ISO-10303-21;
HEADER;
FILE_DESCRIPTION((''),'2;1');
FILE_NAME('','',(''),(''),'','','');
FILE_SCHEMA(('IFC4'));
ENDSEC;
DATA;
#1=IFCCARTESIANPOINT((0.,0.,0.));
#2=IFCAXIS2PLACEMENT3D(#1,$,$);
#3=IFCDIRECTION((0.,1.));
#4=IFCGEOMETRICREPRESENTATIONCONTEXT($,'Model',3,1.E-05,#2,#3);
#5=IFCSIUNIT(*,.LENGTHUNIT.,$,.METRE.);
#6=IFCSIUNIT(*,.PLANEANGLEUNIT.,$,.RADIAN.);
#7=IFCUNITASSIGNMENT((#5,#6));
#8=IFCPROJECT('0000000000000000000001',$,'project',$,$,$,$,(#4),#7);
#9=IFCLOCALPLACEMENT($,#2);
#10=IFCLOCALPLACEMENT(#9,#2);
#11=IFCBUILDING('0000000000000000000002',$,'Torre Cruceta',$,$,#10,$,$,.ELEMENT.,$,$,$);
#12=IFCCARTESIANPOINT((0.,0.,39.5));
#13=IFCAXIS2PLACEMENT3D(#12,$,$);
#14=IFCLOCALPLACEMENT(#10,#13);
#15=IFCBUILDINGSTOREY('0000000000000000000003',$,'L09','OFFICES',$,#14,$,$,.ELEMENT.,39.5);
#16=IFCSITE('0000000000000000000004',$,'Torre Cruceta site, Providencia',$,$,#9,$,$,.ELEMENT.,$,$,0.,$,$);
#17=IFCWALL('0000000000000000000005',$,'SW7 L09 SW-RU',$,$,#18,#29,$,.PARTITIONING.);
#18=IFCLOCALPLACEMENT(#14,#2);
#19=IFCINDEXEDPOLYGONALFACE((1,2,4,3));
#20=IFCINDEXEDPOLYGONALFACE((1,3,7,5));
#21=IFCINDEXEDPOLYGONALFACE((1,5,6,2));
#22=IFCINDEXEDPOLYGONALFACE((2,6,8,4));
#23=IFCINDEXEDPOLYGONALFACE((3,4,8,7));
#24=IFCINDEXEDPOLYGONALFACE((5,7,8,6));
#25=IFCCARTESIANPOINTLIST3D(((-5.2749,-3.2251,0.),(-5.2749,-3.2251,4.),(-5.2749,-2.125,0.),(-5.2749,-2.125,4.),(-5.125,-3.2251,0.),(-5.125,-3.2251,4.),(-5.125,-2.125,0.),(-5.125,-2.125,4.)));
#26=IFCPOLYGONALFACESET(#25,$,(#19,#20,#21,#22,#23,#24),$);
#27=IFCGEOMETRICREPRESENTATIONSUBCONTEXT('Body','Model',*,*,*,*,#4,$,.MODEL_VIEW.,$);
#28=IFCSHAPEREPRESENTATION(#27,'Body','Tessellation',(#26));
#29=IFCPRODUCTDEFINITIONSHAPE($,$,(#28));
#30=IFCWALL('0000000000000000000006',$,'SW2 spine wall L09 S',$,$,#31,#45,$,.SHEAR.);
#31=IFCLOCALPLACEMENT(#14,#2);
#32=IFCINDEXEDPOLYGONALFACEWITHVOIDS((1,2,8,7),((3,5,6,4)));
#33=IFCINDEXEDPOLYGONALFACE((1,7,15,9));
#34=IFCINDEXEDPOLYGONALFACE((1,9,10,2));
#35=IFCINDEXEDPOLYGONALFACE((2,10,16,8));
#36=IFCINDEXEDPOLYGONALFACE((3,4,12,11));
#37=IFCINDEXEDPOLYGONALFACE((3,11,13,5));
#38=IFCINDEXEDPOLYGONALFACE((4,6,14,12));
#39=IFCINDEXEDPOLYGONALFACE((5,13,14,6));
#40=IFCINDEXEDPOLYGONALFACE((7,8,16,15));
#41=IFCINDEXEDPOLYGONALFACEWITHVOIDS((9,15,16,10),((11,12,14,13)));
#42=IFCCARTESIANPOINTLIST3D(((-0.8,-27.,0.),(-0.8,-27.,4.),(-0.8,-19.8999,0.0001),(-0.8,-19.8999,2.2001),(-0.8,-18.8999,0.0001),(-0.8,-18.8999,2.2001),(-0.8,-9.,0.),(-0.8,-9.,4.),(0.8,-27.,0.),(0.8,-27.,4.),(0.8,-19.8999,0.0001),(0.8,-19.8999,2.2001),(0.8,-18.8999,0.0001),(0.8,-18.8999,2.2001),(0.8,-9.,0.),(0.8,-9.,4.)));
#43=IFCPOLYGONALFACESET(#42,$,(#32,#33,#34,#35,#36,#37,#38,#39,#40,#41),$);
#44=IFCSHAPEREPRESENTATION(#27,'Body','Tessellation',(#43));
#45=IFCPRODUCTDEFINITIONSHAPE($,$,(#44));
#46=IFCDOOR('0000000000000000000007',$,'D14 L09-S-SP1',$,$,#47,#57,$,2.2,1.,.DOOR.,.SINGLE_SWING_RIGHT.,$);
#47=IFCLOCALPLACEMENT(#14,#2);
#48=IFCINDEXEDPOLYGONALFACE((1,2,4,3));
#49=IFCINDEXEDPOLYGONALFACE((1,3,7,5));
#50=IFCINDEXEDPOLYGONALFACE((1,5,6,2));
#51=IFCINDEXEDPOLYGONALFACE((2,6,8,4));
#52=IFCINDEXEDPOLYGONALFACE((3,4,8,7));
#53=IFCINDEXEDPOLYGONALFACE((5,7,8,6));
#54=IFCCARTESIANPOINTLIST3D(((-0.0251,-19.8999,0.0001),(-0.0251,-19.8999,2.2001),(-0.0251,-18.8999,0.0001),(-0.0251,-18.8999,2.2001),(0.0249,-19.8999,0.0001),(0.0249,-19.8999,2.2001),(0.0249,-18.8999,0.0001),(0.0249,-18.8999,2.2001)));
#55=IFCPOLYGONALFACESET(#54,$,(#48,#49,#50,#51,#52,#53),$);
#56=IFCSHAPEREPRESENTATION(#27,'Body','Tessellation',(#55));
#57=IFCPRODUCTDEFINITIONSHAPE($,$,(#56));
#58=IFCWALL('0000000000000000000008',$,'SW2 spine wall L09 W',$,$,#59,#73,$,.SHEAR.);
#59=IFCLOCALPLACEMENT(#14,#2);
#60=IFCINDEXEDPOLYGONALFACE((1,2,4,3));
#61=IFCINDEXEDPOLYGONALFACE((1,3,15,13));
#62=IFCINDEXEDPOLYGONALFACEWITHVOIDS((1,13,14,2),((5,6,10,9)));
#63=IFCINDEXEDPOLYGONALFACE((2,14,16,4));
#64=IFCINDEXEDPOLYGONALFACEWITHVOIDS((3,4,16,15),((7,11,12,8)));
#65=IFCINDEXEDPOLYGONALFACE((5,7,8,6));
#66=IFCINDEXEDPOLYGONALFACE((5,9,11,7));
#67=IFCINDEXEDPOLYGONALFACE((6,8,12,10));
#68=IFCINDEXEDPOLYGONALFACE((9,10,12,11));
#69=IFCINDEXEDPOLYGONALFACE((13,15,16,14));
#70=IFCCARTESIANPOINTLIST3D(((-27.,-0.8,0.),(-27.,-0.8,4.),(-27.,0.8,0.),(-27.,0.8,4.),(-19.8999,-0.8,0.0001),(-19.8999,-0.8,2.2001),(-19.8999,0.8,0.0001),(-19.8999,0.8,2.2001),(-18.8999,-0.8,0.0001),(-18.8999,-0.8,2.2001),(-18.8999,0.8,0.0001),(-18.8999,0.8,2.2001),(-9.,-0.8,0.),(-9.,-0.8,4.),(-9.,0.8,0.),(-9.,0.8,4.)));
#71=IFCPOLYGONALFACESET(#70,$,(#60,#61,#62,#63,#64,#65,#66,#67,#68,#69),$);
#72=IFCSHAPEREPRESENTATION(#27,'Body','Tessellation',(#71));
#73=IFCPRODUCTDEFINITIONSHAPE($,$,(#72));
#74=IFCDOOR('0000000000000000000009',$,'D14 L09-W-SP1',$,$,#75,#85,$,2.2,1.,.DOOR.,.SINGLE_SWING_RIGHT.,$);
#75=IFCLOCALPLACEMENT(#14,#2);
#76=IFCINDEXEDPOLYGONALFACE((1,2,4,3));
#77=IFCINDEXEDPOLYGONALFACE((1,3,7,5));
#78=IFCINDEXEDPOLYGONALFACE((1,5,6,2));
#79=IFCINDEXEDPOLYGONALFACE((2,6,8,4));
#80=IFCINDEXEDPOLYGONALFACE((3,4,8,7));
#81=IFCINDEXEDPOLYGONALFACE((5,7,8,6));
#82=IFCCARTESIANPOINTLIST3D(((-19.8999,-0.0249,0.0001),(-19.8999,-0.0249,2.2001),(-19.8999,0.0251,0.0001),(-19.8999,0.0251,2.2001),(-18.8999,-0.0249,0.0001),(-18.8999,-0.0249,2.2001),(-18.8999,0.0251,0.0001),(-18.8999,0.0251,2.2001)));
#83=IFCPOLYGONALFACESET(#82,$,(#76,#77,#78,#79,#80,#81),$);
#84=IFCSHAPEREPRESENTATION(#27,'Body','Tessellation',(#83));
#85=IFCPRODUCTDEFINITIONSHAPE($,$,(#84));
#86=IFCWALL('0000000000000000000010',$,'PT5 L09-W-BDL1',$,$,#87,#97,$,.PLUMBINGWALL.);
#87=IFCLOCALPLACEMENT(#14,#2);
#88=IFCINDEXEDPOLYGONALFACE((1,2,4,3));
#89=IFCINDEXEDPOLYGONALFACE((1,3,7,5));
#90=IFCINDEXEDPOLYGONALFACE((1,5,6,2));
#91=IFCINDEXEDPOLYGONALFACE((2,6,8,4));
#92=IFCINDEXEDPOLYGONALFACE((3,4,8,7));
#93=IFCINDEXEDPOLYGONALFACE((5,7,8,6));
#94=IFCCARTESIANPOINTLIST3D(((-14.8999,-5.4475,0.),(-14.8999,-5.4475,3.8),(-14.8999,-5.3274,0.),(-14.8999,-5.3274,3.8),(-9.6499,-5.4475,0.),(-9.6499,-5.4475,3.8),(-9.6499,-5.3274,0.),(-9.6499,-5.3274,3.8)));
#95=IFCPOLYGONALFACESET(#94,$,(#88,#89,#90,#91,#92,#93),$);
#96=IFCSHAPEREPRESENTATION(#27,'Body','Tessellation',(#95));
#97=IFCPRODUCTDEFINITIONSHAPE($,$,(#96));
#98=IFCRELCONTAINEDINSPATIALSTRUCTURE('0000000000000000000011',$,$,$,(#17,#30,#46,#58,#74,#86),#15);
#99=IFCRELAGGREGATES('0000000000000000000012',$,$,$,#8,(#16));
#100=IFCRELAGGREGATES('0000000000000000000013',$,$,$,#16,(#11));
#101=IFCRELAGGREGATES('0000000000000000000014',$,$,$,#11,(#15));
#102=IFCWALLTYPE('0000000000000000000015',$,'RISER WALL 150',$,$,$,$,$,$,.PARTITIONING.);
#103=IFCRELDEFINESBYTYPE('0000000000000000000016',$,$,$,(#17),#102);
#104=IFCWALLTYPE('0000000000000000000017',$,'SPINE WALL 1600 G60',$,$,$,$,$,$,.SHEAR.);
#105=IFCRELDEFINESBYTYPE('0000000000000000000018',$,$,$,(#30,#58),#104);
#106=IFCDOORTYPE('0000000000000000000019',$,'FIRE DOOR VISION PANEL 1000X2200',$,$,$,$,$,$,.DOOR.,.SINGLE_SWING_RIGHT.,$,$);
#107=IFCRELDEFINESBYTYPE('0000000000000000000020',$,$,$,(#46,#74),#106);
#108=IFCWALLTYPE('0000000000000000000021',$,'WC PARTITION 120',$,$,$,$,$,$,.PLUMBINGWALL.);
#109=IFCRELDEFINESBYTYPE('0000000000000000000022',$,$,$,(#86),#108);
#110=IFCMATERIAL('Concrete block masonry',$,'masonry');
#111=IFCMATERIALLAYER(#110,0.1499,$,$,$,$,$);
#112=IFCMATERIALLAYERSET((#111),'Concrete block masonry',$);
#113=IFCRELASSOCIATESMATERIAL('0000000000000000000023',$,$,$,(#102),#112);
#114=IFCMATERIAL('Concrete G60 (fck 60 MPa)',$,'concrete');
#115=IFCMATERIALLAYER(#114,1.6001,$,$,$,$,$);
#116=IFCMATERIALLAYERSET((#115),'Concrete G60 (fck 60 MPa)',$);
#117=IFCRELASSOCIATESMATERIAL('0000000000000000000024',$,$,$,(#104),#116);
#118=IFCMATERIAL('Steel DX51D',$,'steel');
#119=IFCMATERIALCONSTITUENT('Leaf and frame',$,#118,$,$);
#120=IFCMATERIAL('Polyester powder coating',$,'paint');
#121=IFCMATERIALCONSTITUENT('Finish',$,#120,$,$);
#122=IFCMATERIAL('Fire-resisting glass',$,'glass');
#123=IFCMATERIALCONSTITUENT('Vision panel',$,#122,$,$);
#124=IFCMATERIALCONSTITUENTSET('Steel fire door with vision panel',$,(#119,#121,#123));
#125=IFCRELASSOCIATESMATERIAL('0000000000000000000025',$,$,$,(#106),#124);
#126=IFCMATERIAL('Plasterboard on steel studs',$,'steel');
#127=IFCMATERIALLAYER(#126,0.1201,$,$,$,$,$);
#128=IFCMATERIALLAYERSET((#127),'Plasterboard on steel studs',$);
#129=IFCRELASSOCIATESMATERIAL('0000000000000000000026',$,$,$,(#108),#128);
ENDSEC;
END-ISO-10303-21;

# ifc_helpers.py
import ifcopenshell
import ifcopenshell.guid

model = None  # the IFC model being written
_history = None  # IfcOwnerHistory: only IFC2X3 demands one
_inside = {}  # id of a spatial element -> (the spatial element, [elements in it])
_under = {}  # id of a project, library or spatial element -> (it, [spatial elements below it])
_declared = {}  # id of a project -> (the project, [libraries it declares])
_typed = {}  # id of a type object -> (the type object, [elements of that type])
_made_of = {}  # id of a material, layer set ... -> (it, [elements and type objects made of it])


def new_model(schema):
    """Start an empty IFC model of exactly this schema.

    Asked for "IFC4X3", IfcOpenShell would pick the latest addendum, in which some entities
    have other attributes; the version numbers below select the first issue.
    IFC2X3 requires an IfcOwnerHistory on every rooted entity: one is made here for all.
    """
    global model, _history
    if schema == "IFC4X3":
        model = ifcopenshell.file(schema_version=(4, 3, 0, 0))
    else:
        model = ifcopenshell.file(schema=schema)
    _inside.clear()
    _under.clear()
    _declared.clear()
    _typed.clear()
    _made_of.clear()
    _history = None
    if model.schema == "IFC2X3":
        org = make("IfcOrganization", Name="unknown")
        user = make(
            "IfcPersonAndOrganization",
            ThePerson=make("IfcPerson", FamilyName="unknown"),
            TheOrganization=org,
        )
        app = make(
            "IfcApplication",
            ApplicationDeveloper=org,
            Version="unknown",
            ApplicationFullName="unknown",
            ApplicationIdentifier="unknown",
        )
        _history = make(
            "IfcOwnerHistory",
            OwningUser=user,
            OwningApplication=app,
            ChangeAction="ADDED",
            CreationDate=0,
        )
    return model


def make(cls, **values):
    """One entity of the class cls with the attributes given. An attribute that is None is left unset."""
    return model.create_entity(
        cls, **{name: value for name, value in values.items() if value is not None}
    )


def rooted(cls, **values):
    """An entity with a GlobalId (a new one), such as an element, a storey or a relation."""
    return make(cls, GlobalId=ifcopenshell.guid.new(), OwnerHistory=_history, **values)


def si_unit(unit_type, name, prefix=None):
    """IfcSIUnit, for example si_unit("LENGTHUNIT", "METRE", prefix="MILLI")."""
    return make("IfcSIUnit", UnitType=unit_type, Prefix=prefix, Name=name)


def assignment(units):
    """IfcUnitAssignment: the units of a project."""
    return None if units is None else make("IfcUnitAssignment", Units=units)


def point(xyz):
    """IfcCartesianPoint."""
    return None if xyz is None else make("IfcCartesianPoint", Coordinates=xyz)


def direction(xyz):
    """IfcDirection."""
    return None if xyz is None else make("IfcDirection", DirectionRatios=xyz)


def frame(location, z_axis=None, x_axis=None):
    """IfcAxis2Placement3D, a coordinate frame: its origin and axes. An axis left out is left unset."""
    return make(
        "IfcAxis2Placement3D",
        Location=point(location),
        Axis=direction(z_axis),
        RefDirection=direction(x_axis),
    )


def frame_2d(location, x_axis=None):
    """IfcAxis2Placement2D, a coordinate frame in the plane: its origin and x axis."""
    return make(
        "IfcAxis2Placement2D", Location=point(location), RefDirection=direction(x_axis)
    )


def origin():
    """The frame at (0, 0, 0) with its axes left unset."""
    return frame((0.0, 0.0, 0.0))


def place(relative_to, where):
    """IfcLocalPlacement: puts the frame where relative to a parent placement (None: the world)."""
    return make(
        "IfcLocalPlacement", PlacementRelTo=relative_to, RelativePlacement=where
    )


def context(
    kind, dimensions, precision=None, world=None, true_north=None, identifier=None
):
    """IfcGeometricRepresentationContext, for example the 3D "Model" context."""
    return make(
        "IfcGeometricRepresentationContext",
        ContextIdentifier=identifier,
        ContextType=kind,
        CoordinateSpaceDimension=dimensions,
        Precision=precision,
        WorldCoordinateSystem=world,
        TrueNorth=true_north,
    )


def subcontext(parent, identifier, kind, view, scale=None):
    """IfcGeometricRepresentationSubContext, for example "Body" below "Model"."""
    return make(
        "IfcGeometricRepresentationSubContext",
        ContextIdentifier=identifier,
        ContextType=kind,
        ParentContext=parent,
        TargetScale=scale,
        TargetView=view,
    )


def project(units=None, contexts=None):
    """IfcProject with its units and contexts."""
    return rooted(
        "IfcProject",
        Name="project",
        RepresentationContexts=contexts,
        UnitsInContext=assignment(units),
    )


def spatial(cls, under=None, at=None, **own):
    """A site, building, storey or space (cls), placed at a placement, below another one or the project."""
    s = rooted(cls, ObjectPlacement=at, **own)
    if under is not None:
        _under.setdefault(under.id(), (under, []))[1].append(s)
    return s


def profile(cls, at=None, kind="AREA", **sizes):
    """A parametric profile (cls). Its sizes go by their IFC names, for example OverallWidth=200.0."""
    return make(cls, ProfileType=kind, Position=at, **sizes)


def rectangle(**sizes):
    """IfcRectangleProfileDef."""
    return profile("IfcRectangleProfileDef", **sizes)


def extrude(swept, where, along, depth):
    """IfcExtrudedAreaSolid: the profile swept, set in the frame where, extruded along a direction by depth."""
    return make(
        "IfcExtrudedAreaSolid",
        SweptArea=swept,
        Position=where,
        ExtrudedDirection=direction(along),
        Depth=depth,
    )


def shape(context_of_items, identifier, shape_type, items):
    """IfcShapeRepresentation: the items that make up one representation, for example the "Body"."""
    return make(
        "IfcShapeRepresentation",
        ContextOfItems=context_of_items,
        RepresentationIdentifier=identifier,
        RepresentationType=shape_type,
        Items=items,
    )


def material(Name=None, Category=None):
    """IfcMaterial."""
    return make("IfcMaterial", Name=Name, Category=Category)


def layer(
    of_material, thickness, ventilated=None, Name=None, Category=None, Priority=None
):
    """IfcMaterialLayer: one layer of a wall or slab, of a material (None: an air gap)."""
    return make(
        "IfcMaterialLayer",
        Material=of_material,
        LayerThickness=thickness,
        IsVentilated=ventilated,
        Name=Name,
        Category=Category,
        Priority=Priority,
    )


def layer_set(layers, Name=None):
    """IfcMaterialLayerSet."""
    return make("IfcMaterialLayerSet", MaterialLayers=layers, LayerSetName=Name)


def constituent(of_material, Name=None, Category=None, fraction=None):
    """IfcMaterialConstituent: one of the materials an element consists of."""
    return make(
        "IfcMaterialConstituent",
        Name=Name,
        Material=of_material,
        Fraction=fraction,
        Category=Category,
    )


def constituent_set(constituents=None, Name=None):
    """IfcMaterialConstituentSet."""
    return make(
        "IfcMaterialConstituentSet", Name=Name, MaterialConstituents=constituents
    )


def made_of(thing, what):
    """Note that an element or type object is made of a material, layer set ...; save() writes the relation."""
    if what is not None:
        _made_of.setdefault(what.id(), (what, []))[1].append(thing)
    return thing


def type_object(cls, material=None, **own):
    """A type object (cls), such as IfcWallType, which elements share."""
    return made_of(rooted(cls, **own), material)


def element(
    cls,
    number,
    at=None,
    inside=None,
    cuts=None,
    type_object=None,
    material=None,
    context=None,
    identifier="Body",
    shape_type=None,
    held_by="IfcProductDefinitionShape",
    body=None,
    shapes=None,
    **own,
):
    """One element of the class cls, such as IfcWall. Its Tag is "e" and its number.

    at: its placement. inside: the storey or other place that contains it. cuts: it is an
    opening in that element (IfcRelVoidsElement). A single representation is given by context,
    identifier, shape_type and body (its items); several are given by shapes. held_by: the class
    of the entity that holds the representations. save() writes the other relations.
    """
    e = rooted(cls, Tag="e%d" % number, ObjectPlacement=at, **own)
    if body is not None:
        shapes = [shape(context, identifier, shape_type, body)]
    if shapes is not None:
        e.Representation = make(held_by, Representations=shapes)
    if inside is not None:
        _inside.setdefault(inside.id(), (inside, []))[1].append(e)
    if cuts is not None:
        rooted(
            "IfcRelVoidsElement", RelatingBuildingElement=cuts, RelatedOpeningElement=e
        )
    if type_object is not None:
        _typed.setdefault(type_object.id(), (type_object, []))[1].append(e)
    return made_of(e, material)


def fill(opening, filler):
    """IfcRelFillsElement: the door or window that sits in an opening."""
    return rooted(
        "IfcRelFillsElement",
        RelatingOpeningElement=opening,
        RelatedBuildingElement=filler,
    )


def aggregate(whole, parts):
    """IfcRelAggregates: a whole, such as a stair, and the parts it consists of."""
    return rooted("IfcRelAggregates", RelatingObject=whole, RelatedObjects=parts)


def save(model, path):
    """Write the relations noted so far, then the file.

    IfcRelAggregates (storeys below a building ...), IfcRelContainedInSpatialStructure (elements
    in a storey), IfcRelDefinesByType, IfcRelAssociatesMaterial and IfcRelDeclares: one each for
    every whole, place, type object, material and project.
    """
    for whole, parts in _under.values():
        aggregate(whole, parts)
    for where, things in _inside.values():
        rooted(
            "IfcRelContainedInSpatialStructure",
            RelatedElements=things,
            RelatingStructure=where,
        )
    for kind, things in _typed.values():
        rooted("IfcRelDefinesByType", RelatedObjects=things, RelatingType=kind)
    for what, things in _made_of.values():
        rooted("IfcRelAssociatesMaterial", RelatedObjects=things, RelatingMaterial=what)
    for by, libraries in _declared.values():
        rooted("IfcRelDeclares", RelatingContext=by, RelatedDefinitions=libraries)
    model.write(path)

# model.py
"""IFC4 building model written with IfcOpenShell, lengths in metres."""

from ifc_helpers import new_model, si_unit, direction, frame, frame_2d, origin, place, context, subcontext, project, spatial, rectangle, extrude, material, layer, layer_set, constituent, constituent_set, type_object, element, fill, save


model = new_model("IFC4")

# Units and contexts
model_context = context("Model", 3, precision=1e-05, world=origin(), true_north=direction((0.0, 1.0)))
body_context = subcontext(model_context, "Body", "Model", "MODEL_VIEW")
ifc_project = project(units=[si_unit("LENGTHUNIT", "METRE"), si_unit("PLANEANGLEUNIT", "RADIAN")], contexts=[model_context])

# Site, building, storey
site_placement = place(None, origin())
site = spatial("IfcSite", under=ifc_project, at=site_placement, Name="Torre Cruceta site, Providencia", CompositionType="ELEMENT", RefElevation=0.0)
building_placement = place(site_placement, origin())
building = spatial("IfcBuilding", under=site, at=building_placement, Name="Torre Cruceta", CompositionType="ELEMENT")
storey_placement = place(building_placement, frame((0.0, 0.0, 39.5)))
storey = spatial("IfcBuildingStorey", under=building, at=storey_placement, Name="L09", Description="OFFICES", CompositionType="ELEMENT", Elevation=39.5)

# Shared definitions
ifc_material_1 = material(Name="Concrete block masonry", Category="masonry")
ifc_layer_1 = layer(ifc_material_1, 0.1499)
ifc_layer_set_1 = layer_set([ifc_layer_1], Name="Concrete block masonry")
wall_type_1 = type_object("IfcWallType", Name="RISER WALL 150", PredefinedType="PARTITIONING", material=ifc_layer_set_1)

# Wall
wall_1_placement = place(storey_placement, frame((-5.2, -2.125, 0.0), z_axis=(0.0, 0.0, 1.0), x_axis=(0.0, -1.0, 0.0)))
element("IfcWall", 1, at=wall_1_placement, inside=storey, type_object=wall_type_1, Name="SW7 L09 SW-RU", PredefinedType="PARTITIONING", context=body_context, shape_type="SweptSolid", body=[
    extrude(rectangle(XDim=1.1001, YDim=0.1499, at=frame_2d((0.55, 0.0))), origin(), (0.0, 0.0, 1.0), 4.0),
])

# Walls, openings, doors
ifc_material_2 = material(Name="Concrete G60 (fck 60 MPa)", Category="concrete")
ifc_layer_2 = layer(ifc_material_2, 1.6001)
ifc_layer_set_2 = layer_set([ifc_layer_2], Name="Concrete G60 (fck 60 MPa)")
wall_type_2 = type_object("IfcWallType", Name="SPINE WALL 1600 G60", PredefinedType="SHEAR", material=ifc_layer_set_2)
wall_2_placement = place(storey_placement, frame((0.0, -9.0, 0.0), z_axis=(0.0, 0.0, 1.0), x_axis=(0.0, -1.0, 0.0)))
wall_2 = element("IfcWall", 2, at=wall_2_placement, inside=storey, type_object=wall_type_2, Name="SW2 spine wall L09 S", PredefinedType="SHEAR", context=body_context, shape_type="SweptSolid", body=[
    extrude(rectangle(XDim=18.0, YDim=1.6001, at=frame_2d((9.0, 0.0))), origin(), (0.0, 0.0, 1.0), 4.0),
])
opening_1_placement = place(wall_2_placement, frame((9.8999, 0.0, 0.0)))
opening_1 = element("IfcOpeningElement", 3, at=opening_1_placement, cuts=wall_2, PredefinedType="OPENING", context=body_context, shape_type="SweptSolid", body=[
    extrude(rectangle(XDim=1.0, YDim=2.2, at=frame_2d((0.5, 1.1001))), frame((0.0, 0.8101, 0.0), z_axis=(0.0, -1.0, 0.0), x_axis=(1.0, 0.0, 0.0)), (0.0, 0.0, 1.0), 1.6201),
])
ifc_material_3 = material(Name="Steel DX51D", Category="steel")
ifc_constituent_1 = constituent(ifc_material_3, Name="Leaf and frame")
ifc_material_4 = material(Name="Polyester powder coating", Category="paint")
ifc_constituent_2 = constituent(ifc_material_4, Name="Finish")
ifc_material_5 = material(Name="Fire-resisting glass", Category="glass")
ifc_constituent_3 = constituent(ifc_material_5, Name="Vision panel")
ifc_constituent_set_1 = constituent_set(constituents=[ifc_constituent_1, ifc_constituent_2, ifc_constituent_3], Name="Steel fire door with vision panel")
door_type_1 = type_object("IfcDoorType", Name="FIRE DOOR VISION PANEL 1000X2200", OperationType="SINGLE_SWING_RIGHT", PredefinedType="DOOR", material=ifc_constituent_set_1)
door_1_placement = place(opening_1_placement, frame((1.0, 0.0, 0.0), z_axis=(0.0, 0.0, 1.0), x_axis=(-1.0, 0.0, 0.0)))
door_1 = element("IfcDoor", 4, at=door_1_placement, inside=storey, type_object=door_type_1, Name="D14 L09-S-SP1", OperationType="SINGLE_SWING_RIGHT", OverallHeight=2.2, OverallWidth=1.0, PredefinedType="DOOR", context=body_context, shape_type="SweptSolid", body=[
    extrude(rectangle(XDim=1.0, YDim=2.2, at=frame_2d((0.5, 1.1001))), frame((0.0, 0.0251, 0.0), z_axis=(0.0, -1.0, 0.0), x_axis=(1.0, 0.0, 0.0)), (0.0, 0.0, 1.0), 0.05),
])
fill(opening_1, door_1)
wall_3_placement = place(storey_placement, frame((-9.0, 0.0, 0.0), z_axis=(0.0, 0.0, 1.0), x_axis=(-1.0, 0.0, 0.0)))
wall_3 = element("IfcWall", 5, at=wall_3_placement, inside=storey, type_object=wall_type_2, Name="SW2 spine wall L09 W", PredefinedType="SHEAR", context=body_context, shape_type="SweptSolid", body=[
    extrude(rectangle(XDim=18.0, YDim=1.6001, at=frame_2d((9.0, 0.0))), origin(), (0.0, 0.0, 1.0), 4.0),
])
opening_2_placement = place(wall_3_placement, frame((9.8999, 0.0, 0.0)))
opening_2 = element("IfcOpeningElement", 6, at=opening_2_placement, cuts=wall_3, PredefinedType="OPENING", context=body_context, shape_type="SweptSolid", body=[
    extrude(rectangle(XDim=1.0, YDim=2.2, at=frame_2d((0.5, 1.1001))), frame((0.0, 0.8101, 0.0), z_axis=(0.0, -1.0, 0.0), x_axis=(1.0, 0.0, 0.0)), (0.0, 0.0, 1.0), 1.6201),
])
door_2_placement = place(opening_2_placement, origin())
door_2 = element("IfcDoor", 7, at=door_2_placement, inside=storey, type_object=door_type_1, Name="D14 L09-W-SP1", OperationType="SINGLE_SWING_RIGHT", OverallHeight=2.2, OverallWidth=1.0, PredefinedType="DOOR", context=body_context, shape_type="SweptSolid", body=[
    extrude(rectangle(XDim=1.0, YDim=2.2, at=frame_2d((0.5, 1.1001))), frame((0.0, 0.0249, 0.0), z_axis=(0.0, -1.0, 0.0), x_axis=(1.0, 0.0, 0.0)), (0.0, 0.0, 1.0), 0.05),
])
fill(opening_2, door_2)

# Wall
ifc_material_6 = material(Name="Plasterboard on steel studs", Category="steel")
ifc_layer_3 = layer(ifc_material_6, 0.1201)
ifc_layer_set_3 = layer_set([ifc_layer_3], Name="Plasterboard on steel studs")
wall_type_3 = type_object("IfcWallType", Name="WC PARTITION 120", PredefinedType="PLUMBINGWALL", material=ifc_layer_set_3)
wall_4_placement = place(storey_placement, frame((-9.6499, -5.3875, 0.0), z_axis=(0.0, 0.0, 1.0), x_axis=(-1.0, 0.0, 0.0)))
element("IfcWall", 8, at=wall_4_placement, inside=storey, type_object=wall_type_3, Name="PT5 L09-W-BDL1", PredefinedType="PLUMBINGWALL", context=body_context, shape_type="SweptSolid", body=[
    extrude(rectangle(XDim=5.25, YDim=0.1201, at=frame_2d((2.625, 0.0))), origin(), (0.0, 0.0, 1.0), 3.8),
])

save(model, "model.ifc")
